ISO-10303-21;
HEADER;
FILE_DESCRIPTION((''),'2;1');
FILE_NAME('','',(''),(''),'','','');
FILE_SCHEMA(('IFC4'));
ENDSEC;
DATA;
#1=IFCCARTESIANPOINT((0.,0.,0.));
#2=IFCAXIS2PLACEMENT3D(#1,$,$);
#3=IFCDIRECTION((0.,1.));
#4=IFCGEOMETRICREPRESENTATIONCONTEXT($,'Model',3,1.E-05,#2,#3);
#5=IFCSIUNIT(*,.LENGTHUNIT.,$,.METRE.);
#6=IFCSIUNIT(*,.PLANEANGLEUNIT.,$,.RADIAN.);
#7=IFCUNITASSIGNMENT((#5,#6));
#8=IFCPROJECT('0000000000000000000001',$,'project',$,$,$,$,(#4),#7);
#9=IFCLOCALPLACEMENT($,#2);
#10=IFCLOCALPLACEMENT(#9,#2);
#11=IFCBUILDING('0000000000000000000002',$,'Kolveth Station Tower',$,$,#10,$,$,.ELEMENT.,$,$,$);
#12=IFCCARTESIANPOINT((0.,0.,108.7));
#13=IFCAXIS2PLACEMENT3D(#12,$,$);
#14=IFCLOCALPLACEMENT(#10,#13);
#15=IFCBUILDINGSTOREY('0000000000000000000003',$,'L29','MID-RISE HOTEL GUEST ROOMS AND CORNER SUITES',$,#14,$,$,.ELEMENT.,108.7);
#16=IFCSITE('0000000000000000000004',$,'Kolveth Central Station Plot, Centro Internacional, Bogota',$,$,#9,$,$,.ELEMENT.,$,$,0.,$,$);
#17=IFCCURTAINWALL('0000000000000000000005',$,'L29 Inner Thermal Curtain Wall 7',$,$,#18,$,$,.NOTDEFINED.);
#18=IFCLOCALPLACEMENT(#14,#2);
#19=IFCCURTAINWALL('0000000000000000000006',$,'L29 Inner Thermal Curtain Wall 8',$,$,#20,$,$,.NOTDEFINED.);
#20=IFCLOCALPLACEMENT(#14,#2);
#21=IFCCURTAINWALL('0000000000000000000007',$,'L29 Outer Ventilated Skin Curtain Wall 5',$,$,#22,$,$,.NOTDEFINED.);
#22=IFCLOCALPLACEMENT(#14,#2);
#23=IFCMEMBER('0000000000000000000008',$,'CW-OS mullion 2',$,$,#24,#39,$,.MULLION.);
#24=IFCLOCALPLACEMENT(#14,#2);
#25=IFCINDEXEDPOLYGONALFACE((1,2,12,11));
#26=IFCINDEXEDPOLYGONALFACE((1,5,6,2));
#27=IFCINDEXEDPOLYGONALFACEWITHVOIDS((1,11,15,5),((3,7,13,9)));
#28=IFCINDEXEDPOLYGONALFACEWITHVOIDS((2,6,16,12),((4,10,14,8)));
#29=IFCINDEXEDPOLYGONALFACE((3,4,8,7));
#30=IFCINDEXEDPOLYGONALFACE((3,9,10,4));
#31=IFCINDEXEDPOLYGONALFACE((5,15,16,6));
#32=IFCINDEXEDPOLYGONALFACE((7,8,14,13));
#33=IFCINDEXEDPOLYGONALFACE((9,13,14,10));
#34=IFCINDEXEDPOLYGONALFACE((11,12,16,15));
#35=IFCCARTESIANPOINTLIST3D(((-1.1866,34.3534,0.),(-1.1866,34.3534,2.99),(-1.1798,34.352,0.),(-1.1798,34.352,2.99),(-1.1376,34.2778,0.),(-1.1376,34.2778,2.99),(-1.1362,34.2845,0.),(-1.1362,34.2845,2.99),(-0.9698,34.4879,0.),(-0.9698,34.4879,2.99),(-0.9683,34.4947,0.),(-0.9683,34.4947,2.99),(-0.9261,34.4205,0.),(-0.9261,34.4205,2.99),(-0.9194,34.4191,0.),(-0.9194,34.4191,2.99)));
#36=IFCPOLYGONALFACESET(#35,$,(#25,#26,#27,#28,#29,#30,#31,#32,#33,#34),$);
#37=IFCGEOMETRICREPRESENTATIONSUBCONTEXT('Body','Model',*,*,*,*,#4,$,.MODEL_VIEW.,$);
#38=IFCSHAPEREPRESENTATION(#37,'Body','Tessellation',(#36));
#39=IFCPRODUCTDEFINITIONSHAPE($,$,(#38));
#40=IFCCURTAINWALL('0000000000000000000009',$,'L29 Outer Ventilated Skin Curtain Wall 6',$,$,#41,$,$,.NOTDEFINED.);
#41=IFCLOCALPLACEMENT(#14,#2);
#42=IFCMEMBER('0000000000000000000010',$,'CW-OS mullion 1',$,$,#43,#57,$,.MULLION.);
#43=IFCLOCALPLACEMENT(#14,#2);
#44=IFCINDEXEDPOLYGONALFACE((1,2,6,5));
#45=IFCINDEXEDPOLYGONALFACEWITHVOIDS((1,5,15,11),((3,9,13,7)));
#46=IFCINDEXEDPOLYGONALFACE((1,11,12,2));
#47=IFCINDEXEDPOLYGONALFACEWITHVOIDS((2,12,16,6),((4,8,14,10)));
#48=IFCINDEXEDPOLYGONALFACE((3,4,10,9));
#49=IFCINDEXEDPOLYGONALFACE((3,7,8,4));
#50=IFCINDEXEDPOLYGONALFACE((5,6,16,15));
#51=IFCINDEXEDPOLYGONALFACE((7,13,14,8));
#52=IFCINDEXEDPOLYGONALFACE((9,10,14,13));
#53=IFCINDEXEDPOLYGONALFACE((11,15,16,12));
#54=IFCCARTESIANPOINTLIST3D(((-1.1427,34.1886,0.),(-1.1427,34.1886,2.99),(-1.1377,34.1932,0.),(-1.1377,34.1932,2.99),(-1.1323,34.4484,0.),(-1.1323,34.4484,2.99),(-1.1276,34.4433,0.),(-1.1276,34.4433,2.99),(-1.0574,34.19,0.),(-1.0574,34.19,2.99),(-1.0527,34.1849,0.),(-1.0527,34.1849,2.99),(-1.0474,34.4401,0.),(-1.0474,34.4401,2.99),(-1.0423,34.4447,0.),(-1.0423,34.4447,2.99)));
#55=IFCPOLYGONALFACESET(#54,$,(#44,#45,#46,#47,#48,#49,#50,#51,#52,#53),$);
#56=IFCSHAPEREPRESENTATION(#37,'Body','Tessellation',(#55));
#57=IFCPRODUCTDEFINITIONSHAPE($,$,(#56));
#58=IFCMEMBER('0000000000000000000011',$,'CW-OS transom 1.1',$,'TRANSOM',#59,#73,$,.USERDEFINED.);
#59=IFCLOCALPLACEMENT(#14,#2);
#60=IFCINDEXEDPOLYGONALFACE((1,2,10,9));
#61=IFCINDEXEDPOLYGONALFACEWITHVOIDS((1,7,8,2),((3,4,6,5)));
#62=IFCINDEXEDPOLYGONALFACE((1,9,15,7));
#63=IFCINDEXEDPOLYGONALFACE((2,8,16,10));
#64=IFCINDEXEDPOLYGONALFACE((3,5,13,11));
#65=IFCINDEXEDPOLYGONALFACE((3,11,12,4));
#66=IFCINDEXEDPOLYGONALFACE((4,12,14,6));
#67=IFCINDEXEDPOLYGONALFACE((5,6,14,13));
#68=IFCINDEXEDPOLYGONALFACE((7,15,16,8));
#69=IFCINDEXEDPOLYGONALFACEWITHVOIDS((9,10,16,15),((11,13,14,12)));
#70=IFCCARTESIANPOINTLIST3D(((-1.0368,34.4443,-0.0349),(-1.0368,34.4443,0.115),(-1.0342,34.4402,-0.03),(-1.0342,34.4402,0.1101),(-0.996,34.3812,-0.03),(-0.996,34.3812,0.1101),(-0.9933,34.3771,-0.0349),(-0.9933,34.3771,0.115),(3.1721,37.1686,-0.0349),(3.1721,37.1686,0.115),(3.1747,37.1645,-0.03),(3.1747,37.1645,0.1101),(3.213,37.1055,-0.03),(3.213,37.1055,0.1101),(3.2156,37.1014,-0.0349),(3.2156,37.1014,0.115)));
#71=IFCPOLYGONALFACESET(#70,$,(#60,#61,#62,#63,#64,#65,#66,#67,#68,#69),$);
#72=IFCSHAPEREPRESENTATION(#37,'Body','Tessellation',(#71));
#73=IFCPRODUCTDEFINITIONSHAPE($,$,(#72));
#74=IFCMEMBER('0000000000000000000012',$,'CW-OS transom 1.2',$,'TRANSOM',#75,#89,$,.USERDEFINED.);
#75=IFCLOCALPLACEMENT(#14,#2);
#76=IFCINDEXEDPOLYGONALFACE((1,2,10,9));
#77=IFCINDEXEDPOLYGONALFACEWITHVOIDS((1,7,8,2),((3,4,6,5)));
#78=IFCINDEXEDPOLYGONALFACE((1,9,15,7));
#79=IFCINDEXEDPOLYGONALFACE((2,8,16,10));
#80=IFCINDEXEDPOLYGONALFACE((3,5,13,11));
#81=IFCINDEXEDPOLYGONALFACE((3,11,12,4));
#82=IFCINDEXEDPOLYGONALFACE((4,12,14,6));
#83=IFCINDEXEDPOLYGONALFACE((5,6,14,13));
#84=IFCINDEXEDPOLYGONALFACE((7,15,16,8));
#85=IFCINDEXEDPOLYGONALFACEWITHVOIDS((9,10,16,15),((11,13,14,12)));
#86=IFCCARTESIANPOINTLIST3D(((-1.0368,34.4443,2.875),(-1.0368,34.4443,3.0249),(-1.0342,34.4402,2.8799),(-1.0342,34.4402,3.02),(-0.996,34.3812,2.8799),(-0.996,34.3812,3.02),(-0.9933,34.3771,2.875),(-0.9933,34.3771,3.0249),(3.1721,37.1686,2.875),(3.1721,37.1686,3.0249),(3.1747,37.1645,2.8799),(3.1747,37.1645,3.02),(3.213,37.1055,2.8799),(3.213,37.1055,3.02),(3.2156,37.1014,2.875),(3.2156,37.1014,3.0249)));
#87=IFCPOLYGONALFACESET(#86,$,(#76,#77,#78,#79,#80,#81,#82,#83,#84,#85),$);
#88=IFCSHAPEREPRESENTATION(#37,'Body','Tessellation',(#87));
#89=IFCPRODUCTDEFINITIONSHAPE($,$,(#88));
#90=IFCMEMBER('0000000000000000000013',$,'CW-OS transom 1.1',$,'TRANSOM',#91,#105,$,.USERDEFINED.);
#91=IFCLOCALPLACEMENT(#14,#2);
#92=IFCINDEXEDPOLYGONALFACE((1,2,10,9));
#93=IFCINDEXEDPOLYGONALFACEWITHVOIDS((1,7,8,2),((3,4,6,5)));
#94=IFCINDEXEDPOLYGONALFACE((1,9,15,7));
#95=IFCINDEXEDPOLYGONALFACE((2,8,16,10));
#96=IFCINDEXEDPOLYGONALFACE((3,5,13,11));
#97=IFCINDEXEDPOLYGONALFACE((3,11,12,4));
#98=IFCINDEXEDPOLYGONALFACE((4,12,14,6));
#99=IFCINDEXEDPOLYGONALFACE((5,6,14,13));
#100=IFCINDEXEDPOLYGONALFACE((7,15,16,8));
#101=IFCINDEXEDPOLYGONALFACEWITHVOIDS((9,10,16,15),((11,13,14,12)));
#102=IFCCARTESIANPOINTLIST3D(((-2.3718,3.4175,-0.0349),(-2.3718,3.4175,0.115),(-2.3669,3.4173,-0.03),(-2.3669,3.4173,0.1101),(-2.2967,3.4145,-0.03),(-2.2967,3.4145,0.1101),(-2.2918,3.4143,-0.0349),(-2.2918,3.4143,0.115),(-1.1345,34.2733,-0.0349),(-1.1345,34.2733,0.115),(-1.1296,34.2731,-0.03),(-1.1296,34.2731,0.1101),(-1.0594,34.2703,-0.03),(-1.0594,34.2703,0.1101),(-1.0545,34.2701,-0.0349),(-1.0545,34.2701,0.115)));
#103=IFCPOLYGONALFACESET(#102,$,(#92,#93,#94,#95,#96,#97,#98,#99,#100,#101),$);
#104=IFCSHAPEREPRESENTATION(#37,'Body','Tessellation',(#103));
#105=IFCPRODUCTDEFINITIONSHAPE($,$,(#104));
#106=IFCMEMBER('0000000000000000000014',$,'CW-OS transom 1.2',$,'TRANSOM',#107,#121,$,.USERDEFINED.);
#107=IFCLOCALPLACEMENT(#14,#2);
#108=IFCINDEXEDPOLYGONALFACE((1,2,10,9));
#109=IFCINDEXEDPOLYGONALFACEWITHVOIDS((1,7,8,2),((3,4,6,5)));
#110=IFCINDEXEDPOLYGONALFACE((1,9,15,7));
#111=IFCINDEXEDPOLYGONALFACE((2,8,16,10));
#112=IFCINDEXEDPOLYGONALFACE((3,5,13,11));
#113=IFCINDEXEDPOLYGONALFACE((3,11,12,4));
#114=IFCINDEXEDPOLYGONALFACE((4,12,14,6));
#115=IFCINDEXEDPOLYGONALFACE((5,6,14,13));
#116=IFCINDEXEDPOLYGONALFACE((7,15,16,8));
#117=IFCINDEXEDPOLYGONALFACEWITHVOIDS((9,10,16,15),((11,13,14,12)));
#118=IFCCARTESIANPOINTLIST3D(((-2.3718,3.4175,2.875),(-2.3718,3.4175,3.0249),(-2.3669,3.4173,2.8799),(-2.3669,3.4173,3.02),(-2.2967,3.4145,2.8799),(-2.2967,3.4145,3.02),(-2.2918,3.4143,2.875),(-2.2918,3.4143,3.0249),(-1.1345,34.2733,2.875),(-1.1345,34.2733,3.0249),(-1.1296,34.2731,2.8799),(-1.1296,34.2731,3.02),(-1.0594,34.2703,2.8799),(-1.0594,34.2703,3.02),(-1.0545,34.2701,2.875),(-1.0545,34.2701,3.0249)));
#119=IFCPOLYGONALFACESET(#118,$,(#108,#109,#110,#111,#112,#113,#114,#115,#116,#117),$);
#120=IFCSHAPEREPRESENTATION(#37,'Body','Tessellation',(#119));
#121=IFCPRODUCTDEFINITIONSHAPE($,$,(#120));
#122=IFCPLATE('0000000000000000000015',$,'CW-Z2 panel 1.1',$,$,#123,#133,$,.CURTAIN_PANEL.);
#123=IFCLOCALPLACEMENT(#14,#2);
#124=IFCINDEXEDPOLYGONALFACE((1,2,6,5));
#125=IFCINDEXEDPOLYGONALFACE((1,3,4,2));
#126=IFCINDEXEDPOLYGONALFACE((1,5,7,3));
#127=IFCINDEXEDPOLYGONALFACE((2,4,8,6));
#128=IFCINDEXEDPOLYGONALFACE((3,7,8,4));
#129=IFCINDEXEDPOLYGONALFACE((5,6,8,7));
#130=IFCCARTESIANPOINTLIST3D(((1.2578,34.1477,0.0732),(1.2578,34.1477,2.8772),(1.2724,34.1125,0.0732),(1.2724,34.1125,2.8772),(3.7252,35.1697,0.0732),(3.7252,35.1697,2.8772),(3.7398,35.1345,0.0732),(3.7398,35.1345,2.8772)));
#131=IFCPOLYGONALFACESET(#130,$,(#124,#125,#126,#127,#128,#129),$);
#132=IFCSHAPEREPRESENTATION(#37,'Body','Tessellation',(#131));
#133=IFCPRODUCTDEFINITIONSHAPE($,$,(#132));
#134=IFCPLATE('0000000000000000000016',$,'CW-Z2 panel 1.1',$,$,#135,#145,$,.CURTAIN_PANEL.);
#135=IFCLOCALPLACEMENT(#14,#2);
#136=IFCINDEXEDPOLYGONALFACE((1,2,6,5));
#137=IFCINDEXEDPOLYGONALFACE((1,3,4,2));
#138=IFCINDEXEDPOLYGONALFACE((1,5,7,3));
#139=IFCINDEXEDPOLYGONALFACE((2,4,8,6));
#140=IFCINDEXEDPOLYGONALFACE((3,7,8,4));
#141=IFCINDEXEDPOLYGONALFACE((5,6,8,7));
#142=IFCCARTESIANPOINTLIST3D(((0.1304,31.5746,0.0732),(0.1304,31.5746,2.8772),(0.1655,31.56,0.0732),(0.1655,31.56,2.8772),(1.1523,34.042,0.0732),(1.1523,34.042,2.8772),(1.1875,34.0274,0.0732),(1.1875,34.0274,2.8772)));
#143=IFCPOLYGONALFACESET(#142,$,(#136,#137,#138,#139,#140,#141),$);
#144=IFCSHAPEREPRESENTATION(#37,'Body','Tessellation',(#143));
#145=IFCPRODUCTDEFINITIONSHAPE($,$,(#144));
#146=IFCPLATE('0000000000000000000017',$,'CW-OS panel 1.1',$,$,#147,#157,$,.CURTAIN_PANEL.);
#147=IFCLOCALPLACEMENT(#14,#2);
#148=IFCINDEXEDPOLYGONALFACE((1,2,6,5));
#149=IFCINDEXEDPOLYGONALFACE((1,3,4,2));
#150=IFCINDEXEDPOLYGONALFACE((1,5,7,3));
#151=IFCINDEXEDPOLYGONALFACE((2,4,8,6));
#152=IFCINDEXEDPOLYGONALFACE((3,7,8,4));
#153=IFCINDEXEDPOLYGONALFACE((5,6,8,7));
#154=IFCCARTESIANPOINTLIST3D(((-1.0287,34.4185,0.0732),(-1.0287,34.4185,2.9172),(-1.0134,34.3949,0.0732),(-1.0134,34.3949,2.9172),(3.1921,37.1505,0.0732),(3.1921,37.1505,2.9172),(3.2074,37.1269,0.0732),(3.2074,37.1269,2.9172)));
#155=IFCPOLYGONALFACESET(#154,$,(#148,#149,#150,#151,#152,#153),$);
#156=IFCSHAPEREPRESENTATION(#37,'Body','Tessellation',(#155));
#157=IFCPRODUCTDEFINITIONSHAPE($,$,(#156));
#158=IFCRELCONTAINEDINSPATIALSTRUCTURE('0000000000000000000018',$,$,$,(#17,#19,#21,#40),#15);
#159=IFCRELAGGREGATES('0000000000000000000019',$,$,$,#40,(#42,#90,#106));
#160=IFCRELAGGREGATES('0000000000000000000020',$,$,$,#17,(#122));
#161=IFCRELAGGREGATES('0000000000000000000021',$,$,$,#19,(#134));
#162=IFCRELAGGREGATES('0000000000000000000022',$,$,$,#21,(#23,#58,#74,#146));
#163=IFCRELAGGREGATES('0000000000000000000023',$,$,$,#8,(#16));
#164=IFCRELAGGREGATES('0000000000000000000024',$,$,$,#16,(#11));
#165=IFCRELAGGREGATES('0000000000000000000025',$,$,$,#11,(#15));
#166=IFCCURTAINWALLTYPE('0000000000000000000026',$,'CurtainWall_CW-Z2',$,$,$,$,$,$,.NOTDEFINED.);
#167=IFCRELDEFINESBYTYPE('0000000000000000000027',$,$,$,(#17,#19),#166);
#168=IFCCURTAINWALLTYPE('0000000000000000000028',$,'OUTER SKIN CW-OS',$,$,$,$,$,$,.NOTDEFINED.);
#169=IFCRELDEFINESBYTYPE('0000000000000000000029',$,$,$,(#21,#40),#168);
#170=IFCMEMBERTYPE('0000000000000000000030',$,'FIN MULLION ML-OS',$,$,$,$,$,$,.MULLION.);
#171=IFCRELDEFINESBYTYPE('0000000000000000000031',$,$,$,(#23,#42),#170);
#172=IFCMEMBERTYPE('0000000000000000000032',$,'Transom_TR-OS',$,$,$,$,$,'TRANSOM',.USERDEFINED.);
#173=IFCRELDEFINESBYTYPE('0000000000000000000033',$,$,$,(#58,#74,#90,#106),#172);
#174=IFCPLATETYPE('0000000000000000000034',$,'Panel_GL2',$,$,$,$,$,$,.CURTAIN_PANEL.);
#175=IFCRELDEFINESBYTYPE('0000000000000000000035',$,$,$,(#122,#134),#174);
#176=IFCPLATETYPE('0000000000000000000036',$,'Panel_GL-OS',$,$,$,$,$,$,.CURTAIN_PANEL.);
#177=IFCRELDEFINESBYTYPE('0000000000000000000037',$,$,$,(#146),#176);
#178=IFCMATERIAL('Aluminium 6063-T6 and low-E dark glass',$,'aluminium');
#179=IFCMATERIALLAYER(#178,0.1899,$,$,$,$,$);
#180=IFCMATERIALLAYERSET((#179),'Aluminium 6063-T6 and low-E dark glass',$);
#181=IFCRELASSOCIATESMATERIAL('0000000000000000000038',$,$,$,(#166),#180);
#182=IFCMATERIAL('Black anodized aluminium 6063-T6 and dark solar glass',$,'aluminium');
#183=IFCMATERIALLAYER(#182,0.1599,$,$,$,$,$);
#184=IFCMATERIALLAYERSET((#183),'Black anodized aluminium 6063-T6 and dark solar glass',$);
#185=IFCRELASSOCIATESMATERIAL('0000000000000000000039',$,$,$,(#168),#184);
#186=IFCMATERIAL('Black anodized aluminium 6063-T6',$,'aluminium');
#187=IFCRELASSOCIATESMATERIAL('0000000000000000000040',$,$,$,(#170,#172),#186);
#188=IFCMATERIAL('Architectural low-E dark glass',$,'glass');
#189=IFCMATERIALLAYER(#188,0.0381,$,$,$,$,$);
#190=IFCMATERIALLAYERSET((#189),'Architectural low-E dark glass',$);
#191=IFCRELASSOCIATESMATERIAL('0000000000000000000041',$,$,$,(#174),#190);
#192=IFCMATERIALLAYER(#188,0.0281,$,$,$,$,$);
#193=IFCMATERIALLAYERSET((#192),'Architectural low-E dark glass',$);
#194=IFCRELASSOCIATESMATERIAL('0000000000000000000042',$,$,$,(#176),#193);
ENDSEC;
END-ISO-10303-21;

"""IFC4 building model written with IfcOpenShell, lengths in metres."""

from ifc_helpers import new_model, si_unit, direction, frame, origin, origin_2d, place, context, subcontext, project, spatial, rectangle, hollow_rectangle, extrude, source, transform, mapped, material, layer, layer_set, material_profile, profile_set, type_object, element, aggregate, save


model = new_model("IFC4")

# Units and contexts
model_context = context("Model", 3, precision=1e-05, world=origin(), true_north=direction((0.0, 1.0)))
body_context = subcontext(model_context, "Body", "Model", "MODEL_VIEW")
ifc_project = project(units=[si_unit("LENGTHUNIT", "METRE"), si_unit("PLANEANGLEUNIT", "RADIAN")], contexts=[model_context])

# Site, building, storey
site_placement = place(None, origin())
site = spatial("IfcSite", under=ifc_project, at=site_placement, Name="Kolveth Central Station Plot, Centro Internacional, Bogota", CompositionType="ELEMENT", RefElevation=0.0)
building_placement = place(site_placement, origin())
building = spatial("IfcBuilding", under=site, at=building_placement, Name="Kolveth Station Tower", CompositionType="ELEMENT")
storey_placement = place(building_placement, frame((0.0, 0.0, 108.7)))
storey = spatial("IfcBuildingStorey", under=building, at=storey_placement, Name="L29", Description="MID-RISE HOTEL GUEST ROOMS AND CORNER SUITES", CompositionType="ELEMENT", Elevation=108.7)

# Shared definitions
ifc_material_1 = material(Name="Aluminium 6063-T6 and low-E dark glass", Category="aluminium")
ifc_layer_1 = layer(ifc_material_1, 0.1899)
ifc_layer_set_1 = layer_set([ifc_layer_1], Name="Aluminium 6063-T6 and low-E dark glass")
curtain_wall_type_1 = type_object("IfcCurtainWallType", Name="CurtainWall_CW-Z2", PredefinedType="NOTDEFINED", material=ifc_layer_set_1)
ifc_material_2 = material(Name="Black anodized aluminium 6063-T6", Category="aluminium")

# Curtain wall
curtain_wall_1_placement = place(storey_placement, origin())
curtain_wall_1 = element("IfcCurtainWall", 1, at=curtain_wall_1_placement, inside=storey, type_object=curtain_wall_type_1, Name="L29 Inner Thermal Curtain Wall 7", PredefinedType="NOTDEFINED")

# Curtain wall
curtain_wall_2_placement = place(storey_placement, origin())
curtain_wall_2 = element("IfcCurtainWall", 2, at=curtain_wall_2_placement, inside=storey, type_object=curtain_wall_type_1, Name="L29 Inner Thermal Curtain Wall 8", PredefinedType="NOTDEFINED")

# Shared definitions
ifc_material_3 = material(Name="Black anodized aluminium 6063-T6 and dark solar glass", Category="aluminium")
ifc_layer_2 = layer(ifc_material_3, 0.1599)
ifc_layer_set_2 = layer_set([ifc_layer_2], Name="Black anodized aluminium 6063-T6 and dark solar glass")
curtain_wall_type_2 = type_object("IfcCurtainWallType", Name="OUTER SKIN CW-OS", PredefinedType="NOTDEFINED", material=ifc_layer_set_2)
ifc_material_profile_1 = material_profile(ifc_material_2, hollow_rectangle(XDim=0.0901, YDim=0.26, WallThickness=0.0049, at=origin_2d()), Name="ALU-90x260x5")
ifc_profile_set_1 = profile_set([ifc_material_profile_1], Name="Black anodized aluminium 6063-T6")
member_type_1 = type_object("IfcMemberType", Name="FIN MULLION ML-OS", PredefinedType="MULLION", material=ifc_profile_set_1)
shared_shape_1 = source(origin(), body_context, "Body", "SweptSolid", [
    extrude(hollow_rectangle(XDim=0.0901, YDim=0.26, WallThickness=0.0049, at=origin_2d()), origin(), (0.0, 0.0, 1.0), 2.99),
])

# Curtain wall, member
curtain_wall_3_placement = place(storey_placement, origin())
curtain_wall_3 = element("IfcCurtainWall", 3, at=curtain_wall_3_placement, inside=storey, type_object=curtain_wall_type_2, Name="L29 Outer Ventilated Skin Curtain Wall 5", PredefinedType="NOTDEFINED")
member_1_placement = place(storey_placement, frame((-1.053, 34.3862, 0.0), z_axis=(0.0, 0.0, 1.0), x_axis=(0.543373, -0.839492, 0.0)))
member_1 = element("IfcMember", 4, at=member_1_placement, type_object=member_type_1, Name="CW-OS mullion 2", PredefinedType="MULLION", context=body_context, shape_type="MappedRepresentation", body=[
    mapped(shared_shape_1, transform((0.0, 0.0, 0.0), x_axis=(1.0, 0.0, 0.0), y_axis=(0.0, 1.0, 0.0), z_axis=(0.0, 0.0, 1.0), scale=1.0)),
])

# Curtain wall, member
curtain_wall_4_placement = place(storey_placement, origin())
curtain_wall_4 = element("IfcCurtainWall", 5, at=curtain_wall_4_placement, inside=storey, type_object=curtain_wall_type_2, Name="L29 Outer Ventilated Skin Curtain Wall 6", PredefinedType="NOTDEFINED")
member_2_placement = place(storey_placement, frame((-1.0925, 34.3167, 0.0), z_axis=(0.0, 0.0, 1.0), x_axis=(0.999197, -0.040067, 0.0)))
member_2 = element("IfcMember", 6, at=member_2_placement, type_object=member_type_1, Name="CW-OS mullion 1", PredefinedType="MULLION", context=body_context, shape_type="MappedRepresentation", body=[
    mapped(shared_shape_1, transform((0.0, 0.0, 0.0), x_axis=(1.0, 0.0, 0.0), y_axis=(0.0, 1.0, 0.0), z_axis=(0.0, 0.0, 1.0), scale=1.0)),
])

# Members
ifc_material_profile_2 = material_profile(ifc_material_2, hollow_rectangle(XDim=0.0801, YDim=0.1499, WallThickness=0.0049, at=origin_2d()), Name="ALU-80x150x5")
ifc_profile_set_2 = profile_set([ifc_material_profile_2], Name="Black anodized aluminium 6063-T6")
member_type_2 = type_object("IfcMemberType", Name="Transom_TR-OS", ElementType="TRANSOM", PredefinedType="USERDEFINED", material=ifc_profile_set_2)
shared_shape_2 = source(origin(), body_context, "Body", "SweptSolid", [
    extrude(hollow_rectangle(XDim=0.0801, YDim=0.1499, WallThickness=0.0049, at=origin_2d()), origin(), (0.0, 0.0, 1.0), 5.0137),
])
member_3_placement = place(storey_placement, frame((3.1938, 37.135, 0.04), z_axis=(-0.839488, -0.543378, 0.0), x_axis=(0.543378, -0.839488, 0.0)))
member_3 = element("IfcMember", 7, at=member_3_placement, type_object=member_type_2, Name="CW-OS transom 1.1", ObjectType="TRANSOM", PredefinedType="USERDEFINED", context=body_context, shape_type="MappedRepresentation", body=[
    mapped(shared_shape_2, transform((0.0, 0.0, 0.0), x_axis=(1.0, 0.0, 0.0), y_axis=(0.0, 1.0, 0.0), z_axis=(0.0, 0.0, 1.0), scale=1.0)),
])
member_4_placement = place(storey_placement, frame((3.1938, 37.135, 2.95), z_axis=(-0.839488, -0.543378, 0.0), x_axis=(0.543378, -0.839488, 0.0)))
member_4 = element("IfcMember", 8, at=member_4_placement, type_object=member_type_2, Name="CW-OS transom 1.2", ObjectType="TRANSOM", PredefinedType="USERDEFINED", context=body_context, shape_type="MappedRepresentation", body=[
    mapped(shared_shape_2, transform((0.0, 0.0, 0.0), x_axis=(1.0, 0.0, 0.0), y_axis=(0.0, 1.0, 0.0), z_axis=(0.0, 0.0, 1.0), scale=1.0)),
])
shared_shape_3 = source(origin(), body_context, "Body", "SweptSolid", [
    extrude(hollow_rectangle(XDim=0.0801, YDim=0.1499, WallThickness=0.0049, at=origin_2d()), origin(), (0.0, 0.0, 1.0), 30.8806),
])
member_5_placement = place(storey_placement, frame((-1.0945, 34.2717, 0.04), z_axis=(-0.040067, -0.999197, 0.0), x_axis=(0.999197, -0.040067, 0.0)))
member_5 = element("IfcMember", 9, at=member_5_placement, type_object=member_type_2, Name="CW-OS transom 1.1", ObjectType="TRANSOM", PredefinedType="USERDEFINED", context=body_context, shape_type="MappedRepresentation", body=[
    mapped(shared_shape_3, transform((0.0, 0.0, 0.0), x_axis=(1.0, 0.0, 0.0), y_axis=(0.0, 1.0, 0.0), z_axis=(0.0, 0.0, 1.0), scale=1.0)),
])
member_6_placement = place(storey_placement, frame((-1.0945, 34.2717, 2.95), z_axis=(-0.040067, -0.999197, 0.0), x_axis=(0.999197, -0.040067, 0.0)))
member_6 = element("IfcMember", 10, at=member_6_placement, type_object=member_type_2, Name="CW-OS transom 1.2", ObjectType="TRANSOM", PredefinedType="USERDEFINED", context=body_context, shape_type="MappedRepresentation", body=[
    mapped(shared_shape_3, transform((0.0, 0.0, 0.0), x_axis=(1.0, 0.0, 0.0), y_axis=(0.0, 1.0, 0.0), z_axis=(0.0, 0.0, 1.0), scale=1.0)),
])
aggregate(curtain_wall_4, [member_2, member_5, member_6])

# Plates
ifc_material_4 = material(Name="Architectural low-E dark glass", Category="glass")
ifc_layer_3 = layer(ifc_material_4, 0.0381)
ifc_layer_set_3 = layer_set([ifc_layer_3], Name="Architectural low-E dark glass")
plate_type_1 = type_object("IfcPlateType", Name="Panel_GL2", PredefinedType="CURTAIN_PANEL", material=ifc_layer_set_3)
shared_shape_4 = source(origin(), body_context, "Body", "SweptSolid", [
    extrude(rectangle(XDim=2.6707, YDim=0.0381, at=origin_2d()), origin(), (0.0, 0.0, 1.0), 2.804),
])
plate_1_placement = place(storey_placement, frame((2.4988, 34.6411, 0.0732), z_axis=(0.0, 0.0, 1.0), x_axis=(-0.923888, -0.382663, 0.0)))
plate_1 = element("IfcPlate", 11, at=plate_1_placement, type_object=plate_type_1, Name="CW-Z2 panel 1.1", PredefinedType="CURTAIN_PANEL", context=body_context, shape_type="MappedRepresentation", body=[
    mapped(shared_shape_4, transform((0.0, 0.0, 0.0), x_axis=(1.0, 0.0, 0.0), y_axis=(0.0, 1.0, 0.0), z_axis=(0.0, 0.0, 1.0), scale=1.0)),
])
aggregate(curtain_wall_1, [plate_1])
plate_2_placement = place(storey_placement, frame((0.6589, 32.801, 0.0732), z_axis=(0.0, 0.0, 1.0), x_axis=(-0.382663, -0.923888, 0.0)))
plate_2 = element("IfcPlate", 12, at=plate_2_placement, type_object=plate_type_1, Name="CW-Z2 panel 1.1", PredefinedType="CURTAIN_PANEL", context=body_context, shape_type="MappedRepresentation", body=[
    mapped(shared_shape_4, transform((0.0, 0.0, 0.0), x_axis=(1.0, 0.0, 0.0), y_axis=(0.0, 1.0, 0.0), z_axis=(0.0, 0.0, 1.0), scale=1.0)),
])
aggregate(curtain_wall_2, [plate_2])
ifc_layer_4 = layer(ifc_material_4, 0.0281)
ifc_layer_set_4 = layer_set([ifc_layer_4], Name="Architectural low-E dark glass")
plate_type_2 = type_object("IfcPlateType", Name="Panel_GL-OS", PredefinedType="CURTAIN_PANEL", material=ifc_layer_set_4)
shared_shape_5 = source(origin(), body_context, "Body", "SweptSolid", [
    extrude(rectangle(XDim=5.0278, YDim=0.0281, at=origin_2d()), origin(), (0.0, 0.0, 1.0), 2.844),
])
plate_3_placement = place(storey_placement, frame((1.0894, 35.7727, 0.0732), z_axis=(0.0, 0.0, 1.0), x_axis=(-0.839492, -0.543373, 0.0)))
plate_3 = element("IfcPlate", 13, at=plate_3_placement, type_object=plate_type_2, Name="CW-OS panel 1.1", PredefinedType="CURTAIN_PANEL", context=body_context, shape_type="MappedRepresentation", body=[
    mapped(shared_shape_5, transform((0.0, 0.0, 0.0), x_axis=(1.0, 0.0, 0.0), y_axis=(0.0, 1.0, 0.0), z_axis=(0.0, 0.0, 1.0), scale=1.0)),
])
aggregate(curtain_wall_3, [member_1, member_3, member_4, plate_3])

save(model, "model.ifc")
